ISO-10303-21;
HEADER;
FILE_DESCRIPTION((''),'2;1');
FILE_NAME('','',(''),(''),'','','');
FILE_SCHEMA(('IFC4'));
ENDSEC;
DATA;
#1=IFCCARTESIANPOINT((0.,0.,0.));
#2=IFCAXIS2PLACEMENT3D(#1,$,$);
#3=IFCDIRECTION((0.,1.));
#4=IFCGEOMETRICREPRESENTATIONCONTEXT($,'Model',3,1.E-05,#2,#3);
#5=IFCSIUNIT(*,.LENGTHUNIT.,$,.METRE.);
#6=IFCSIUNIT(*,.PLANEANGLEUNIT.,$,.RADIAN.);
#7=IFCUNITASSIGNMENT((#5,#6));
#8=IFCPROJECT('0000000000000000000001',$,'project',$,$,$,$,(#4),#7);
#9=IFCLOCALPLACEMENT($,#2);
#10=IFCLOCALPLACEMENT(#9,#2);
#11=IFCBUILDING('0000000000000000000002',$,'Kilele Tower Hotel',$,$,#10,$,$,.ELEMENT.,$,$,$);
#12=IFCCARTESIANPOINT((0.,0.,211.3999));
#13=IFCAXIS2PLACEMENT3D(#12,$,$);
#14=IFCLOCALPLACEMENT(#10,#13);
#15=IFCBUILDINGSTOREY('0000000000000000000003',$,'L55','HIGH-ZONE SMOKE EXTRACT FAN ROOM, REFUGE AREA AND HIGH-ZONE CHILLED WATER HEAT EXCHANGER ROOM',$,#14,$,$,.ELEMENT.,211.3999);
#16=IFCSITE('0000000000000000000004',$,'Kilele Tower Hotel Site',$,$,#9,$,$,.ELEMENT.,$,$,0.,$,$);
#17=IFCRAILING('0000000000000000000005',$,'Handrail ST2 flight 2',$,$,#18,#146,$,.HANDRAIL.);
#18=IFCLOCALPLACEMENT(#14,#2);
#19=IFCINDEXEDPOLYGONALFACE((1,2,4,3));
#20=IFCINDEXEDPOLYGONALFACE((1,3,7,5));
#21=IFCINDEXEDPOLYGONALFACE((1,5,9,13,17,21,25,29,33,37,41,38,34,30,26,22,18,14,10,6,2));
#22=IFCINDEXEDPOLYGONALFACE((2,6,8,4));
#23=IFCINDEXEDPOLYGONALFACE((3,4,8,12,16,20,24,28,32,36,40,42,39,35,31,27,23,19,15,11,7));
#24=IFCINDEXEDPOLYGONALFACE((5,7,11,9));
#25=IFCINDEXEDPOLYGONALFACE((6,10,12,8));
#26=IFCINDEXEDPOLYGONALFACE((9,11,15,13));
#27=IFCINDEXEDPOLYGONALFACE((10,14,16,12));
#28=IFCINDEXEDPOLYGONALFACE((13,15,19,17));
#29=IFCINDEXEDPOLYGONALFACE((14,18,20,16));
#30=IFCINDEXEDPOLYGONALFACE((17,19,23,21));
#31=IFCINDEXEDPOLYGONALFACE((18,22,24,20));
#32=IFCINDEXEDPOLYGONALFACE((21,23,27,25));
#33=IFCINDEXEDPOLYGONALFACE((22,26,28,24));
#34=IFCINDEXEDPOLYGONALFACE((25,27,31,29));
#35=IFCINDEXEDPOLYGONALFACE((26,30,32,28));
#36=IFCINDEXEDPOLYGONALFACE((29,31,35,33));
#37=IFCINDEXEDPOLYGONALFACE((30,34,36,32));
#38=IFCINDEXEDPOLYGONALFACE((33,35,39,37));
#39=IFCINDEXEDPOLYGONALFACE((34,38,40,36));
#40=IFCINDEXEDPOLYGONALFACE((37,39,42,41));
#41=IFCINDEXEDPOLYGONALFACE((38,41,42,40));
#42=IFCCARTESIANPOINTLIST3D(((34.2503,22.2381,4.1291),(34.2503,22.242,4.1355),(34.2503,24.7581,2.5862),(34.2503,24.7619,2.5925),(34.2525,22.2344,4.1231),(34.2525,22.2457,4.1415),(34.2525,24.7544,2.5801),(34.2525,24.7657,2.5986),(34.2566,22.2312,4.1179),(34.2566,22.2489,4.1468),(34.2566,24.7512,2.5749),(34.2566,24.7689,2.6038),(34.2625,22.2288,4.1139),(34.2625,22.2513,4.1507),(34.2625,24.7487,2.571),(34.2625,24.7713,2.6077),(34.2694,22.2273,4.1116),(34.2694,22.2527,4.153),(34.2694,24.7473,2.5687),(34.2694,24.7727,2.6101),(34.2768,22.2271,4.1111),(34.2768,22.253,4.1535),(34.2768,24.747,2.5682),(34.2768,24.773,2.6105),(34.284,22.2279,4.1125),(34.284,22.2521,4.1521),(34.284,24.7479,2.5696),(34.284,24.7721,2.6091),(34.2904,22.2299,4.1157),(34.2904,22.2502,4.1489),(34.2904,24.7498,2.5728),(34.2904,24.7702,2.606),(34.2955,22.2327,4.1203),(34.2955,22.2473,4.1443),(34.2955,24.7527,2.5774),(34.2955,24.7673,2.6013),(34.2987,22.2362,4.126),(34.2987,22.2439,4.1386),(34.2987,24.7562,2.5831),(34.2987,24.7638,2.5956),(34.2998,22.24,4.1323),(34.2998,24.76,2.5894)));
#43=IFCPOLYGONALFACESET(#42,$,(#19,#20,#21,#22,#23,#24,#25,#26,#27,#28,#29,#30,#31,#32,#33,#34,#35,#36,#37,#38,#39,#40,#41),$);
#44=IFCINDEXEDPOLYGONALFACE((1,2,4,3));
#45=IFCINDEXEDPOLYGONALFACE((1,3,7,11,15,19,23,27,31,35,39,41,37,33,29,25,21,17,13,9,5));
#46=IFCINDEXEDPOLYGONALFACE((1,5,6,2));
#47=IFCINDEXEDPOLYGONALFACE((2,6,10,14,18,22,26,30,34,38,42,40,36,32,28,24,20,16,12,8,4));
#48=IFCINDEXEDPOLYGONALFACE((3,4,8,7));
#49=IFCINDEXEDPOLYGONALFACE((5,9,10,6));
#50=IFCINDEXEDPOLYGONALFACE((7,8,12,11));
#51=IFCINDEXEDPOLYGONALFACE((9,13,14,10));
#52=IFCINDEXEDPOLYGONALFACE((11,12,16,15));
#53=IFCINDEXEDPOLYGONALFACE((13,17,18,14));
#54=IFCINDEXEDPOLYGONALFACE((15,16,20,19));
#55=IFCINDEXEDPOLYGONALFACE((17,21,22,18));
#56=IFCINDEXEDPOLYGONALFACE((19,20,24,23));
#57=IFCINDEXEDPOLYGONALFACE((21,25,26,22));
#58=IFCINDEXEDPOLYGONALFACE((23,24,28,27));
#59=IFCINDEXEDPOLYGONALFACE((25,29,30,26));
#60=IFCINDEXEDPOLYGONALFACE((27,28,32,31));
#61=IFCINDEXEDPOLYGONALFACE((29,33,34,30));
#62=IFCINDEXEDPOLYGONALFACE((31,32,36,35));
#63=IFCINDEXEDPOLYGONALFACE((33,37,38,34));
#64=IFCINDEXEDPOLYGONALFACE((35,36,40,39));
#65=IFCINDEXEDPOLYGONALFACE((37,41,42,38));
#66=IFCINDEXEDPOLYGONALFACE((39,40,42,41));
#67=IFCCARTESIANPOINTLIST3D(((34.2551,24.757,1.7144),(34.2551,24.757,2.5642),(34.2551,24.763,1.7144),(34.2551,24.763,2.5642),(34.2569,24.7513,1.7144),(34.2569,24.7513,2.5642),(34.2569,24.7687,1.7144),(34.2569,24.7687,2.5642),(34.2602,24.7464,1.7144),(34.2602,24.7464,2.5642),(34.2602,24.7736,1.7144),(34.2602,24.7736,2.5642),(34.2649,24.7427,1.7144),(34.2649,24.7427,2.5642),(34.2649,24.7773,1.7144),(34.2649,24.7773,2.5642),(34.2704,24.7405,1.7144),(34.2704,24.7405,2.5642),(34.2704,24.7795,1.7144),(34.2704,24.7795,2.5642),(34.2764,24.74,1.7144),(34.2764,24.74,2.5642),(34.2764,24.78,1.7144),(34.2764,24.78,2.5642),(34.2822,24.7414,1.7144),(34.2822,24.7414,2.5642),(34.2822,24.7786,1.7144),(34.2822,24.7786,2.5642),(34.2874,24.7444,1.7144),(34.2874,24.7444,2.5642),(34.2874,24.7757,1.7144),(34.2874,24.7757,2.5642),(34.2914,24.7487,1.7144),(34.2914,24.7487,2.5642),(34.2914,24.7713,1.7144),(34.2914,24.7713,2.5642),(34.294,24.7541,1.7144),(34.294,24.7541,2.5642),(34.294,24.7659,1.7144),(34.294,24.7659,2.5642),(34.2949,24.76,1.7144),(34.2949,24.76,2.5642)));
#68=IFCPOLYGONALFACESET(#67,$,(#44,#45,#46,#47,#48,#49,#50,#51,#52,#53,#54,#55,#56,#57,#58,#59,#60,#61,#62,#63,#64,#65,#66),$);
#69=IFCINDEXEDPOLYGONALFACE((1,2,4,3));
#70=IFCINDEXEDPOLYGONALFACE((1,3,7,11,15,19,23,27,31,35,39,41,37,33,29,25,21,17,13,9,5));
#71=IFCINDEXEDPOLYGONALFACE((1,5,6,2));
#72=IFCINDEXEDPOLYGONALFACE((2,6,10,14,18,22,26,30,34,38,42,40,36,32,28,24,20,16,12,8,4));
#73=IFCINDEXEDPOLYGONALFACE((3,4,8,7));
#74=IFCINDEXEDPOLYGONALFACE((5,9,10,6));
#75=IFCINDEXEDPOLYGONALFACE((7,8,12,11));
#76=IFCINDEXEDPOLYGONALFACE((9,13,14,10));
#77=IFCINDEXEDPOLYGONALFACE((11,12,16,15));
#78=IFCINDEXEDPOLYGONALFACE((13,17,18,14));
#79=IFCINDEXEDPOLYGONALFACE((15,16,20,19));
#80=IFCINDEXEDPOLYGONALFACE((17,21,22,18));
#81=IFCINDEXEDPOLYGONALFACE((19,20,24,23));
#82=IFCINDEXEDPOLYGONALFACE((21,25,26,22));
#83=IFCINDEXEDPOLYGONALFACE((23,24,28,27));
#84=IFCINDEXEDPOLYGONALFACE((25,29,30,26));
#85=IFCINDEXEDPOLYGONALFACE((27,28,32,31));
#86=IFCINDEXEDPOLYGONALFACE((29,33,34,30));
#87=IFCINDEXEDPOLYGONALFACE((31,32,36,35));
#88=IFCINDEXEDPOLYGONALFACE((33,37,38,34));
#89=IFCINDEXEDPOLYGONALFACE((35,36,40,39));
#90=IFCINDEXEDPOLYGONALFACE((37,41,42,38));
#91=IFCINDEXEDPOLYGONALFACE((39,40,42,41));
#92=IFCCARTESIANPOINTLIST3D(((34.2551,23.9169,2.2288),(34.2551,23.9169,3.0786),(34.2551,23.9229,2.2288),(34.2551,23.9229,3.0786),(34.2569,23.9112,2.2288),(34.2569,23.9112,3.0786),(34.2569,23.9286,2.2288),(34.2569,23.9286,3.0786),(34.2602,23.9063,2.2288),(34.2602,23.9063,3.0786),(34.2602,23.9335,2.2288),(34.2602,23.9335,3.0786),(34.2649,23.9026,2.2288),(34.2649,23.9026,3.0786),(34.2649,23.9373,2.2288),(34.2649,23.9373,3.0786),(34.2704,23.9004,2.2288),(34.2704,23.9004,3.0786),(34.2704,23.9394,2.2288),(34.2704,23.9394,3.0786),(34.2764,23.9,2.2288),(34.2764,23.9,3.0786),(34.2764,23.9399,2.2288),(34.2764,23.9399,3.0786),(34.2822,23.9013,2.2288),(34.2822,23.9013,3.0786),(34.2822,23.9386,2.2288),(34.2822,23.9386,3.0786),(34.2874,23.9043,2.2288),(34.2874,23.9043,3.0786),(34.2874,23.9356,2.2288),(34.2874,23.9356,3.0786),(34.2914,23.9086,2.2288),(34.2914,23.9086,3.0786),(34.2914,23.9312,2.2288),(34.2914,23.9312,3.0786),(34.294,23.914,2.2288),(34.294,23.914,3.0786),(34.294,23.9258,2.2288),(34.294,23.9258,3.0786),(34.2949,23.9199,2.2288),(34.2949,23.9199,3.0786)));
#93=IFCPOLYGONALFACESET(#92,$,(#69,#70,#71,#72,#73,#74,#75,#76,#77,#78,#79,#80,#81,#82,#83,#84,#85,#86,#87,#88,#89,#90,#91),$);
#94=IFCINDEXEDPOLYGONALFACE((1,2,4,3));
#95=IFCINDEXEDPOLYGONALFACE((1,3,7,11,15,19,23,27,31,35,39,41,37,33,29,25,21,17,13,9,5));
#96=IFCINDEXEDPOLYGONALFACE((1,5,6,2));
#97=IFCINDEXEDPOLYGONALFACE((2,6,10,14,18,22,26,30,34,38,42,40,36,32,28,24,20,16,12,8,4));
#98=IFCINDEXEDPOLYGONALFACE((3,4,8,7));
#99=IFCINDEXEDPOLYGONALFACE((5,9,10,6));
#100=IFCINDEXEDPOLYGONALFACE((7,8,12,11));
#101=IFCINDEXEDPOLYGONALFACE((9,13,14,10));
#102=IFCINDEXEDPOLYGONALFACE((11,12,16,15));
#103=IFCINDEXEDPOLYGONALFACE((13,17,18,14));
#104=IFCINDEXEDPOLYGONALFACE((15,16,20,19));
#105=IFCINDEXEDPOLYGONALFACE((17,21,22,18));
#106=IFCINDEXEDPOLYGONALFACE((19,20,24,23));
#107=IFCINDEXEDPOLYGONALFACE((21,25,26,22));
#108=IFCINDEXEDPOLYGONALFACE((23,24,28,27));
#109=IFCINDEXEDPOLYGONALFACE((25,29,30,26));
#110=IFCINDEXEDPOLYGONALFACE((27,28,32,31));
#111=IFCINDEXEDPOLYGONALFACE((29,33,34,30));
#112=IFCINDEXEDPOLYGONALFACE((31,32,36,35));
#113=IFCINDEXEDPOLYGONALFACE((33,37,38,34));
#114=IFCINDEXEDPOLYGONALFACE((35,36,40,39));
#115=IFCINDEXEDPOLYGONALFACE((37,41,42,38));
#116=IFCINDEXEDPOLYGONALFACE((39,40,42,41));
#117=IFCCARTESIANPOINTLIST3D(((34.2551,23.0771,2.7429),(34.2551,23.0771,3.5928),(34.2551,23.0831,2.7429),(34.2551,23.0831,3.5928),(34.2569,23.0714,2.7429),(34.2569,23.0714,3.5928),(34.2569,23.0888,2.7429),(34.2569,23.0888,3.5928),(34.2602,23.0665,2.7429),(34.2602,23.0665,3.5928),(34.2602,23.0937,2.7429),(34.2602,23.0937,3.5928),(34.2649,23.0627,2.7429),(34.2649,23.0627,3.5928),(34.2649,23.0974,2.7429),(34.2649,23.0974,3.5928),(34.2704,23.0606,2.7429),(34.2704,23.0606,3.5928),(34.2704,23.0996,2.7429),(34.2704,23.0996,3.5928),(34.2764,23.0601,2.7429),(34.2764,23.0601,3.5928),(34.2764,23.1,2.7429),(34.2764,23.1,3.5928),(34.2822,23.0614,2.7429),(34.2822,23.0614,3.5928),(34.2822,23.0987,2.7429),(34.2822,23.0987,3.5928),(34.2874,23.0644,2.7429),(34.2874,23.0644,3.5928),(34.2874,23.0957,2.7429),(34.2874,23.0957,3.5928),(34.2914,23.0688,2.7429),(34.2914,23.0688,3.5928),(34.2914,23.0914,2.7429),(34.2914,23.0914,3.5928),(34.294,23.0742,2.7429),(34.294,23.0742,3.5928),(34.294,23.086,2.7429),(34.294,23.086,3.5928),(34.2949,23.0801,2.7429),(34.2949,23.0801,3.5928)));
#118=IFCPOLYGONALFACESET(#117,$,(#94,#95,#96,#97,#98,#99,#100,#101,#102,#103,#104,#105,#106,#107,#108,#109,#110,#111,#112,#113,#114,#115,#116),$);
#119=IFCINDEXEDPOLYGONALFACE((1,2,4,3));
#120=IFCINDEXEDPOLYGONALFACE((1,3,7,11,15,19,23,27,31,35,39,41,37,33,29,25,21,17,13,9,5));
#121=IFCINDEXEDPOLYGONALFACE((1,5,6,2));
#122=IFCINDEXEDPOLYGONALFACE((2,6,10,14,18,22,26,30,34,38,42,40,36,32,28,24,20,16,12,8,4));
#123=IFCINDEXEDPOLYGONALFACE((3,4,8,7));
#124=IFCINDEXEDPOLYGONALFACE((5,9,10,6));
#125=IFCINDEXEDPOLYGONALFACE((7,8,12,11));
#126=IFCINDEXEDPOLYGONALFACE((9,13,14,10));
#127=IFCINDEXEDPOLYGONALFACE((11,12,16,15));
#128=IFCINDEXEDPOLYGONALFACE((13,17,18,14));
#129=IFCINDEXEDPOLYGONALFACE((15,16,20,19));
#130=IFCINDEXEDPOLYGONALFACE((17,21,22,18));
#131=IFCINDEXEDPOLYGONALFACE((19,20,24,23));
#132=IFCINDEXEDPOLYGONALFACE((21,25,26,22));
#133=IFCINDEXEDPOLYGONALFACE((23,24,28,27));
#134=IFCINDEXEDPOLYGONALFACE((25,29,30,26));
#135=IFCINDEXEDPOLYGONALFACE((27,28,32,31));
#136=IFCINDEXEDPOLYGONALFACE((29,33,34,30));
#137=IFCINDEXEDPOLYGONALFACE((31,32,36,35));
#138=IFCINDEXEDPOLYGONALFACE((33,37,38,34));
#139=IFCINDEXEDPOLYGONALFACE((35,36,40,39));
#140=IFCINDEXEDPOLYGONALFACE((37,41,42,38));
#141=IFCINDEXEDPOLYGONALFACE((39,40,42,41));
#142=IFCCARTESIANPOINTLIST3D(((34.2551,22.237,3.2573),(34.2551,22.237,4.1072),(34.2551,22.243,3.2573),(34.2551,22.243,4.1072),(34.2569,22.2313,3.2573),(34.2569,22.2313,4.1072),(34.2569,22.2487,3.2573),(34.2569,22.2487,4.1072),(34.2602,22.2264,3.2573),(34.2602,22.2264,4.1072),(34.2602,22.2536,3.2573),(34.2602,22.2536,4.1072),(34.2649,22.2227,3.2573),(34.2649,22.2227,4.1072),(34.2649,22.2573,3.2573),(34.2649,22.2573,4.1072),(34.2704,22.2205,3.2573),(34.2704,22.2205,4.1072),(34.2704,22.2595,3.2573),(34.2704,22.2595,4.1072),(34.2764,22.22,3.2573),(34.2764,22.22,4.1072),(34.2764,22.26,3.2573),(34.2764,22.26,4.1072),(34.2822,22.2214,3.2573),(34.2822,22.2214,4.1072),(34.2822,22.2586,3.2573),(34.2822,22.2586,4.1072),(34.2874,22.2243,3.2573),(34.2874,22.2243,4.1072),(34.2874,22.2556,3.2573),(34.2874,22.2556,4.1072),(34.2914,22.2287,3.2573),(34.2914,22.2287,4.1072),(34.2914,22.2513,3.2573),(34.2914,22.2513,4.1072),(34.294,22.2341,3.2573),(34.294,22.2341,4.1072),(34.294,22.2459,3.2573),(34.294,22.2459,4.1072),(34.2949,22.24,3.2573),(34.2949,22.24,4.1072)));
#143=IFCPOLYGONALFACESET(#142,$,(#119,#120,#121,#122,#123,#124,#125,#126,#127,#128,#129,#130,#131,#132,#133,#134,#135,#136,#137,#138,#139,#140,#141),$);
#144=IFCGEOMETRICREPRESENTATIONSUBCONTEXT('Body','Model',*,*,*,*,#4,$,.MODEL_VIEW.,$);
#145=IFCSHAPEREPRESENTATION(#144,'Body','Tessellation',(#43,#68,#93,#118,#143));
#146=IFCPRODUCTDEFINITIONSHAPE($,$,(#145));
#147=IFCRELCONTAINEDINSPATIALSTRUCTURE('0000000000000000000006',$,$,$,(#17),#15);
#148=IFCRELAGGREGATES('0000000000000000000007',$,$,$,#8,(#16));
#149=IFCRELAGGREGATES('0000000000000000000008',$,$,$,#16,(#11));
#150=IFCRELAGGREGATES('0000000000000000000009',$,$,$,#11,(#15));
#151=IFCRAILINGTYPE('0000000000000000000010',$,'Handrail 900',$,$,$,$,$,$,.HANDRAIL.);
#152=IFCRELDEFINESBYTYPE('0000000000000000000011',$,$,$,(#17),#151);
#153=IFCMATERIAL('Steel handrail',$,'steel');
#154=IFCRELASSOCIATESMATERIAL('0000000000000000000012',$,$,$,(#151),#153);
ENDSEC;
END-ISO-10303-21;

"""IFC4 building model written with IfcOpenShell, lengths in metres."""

from ifc_helpers import new_model, si_unit, direction, frame, origin, origin_2d, place, context, subcontext, project, spatial, circle, extrude, material, type_object, element, save


model = new_model("IFC4")

# Units and contexts
model_context = context("Model", 3, precision=1e-05, world=origin(), true_north=direction((0.0, 1.0)))
body_context = subcontext(model_context, "Body", "Model", "MODEL_VIEW")
ifc_project = project(units=[si_unit("LENGTHUNIT", "METRE"), si_unit("PLANEANGLEUNIT", "RADIAN")], contexts=[model_context])

# Site, building, storey
site_placement = place(None, origin())
site = spatial("IfcSite", under=ifc_project, at=site_placement, Name="Kilele Tower Hotel Site", CompositionType="ELEMENT", RefElevation=0.0)
building_placement = place(site_placement, origin())
building = spatial("IfcBuilding", under=site, at=building_placement, Name="Kilele Tower Hotel", CompositionType="ELEMENT")
storey_placement = place(building_placement, frame((0.0, 0.0, 211.3999)))
storey = spatial("IfcBuildingStorey", under=building, at=storey_placement, Name="L55", Description="HIGH-ZONE SMOKE EXTRACT FAN ROOM, REFUGE AREA AND HIGH-ZONE CHILLED WATER HEAT EXCHANGER ROOM", CompositionType="ELEMENT", Elevation=211.3999)

# Railing
ifc_material_1 = material(Name="Steel handrail", Category="steel")
railing_type_1 = type_object("IfcRailingType", Name="Handrail 900", PredefinedType="HANDRAIL", material=ifc_material_1)
for number, where, name in (
    (1, (34.2749, 24.76, 1.7144), "Handrail ST2 flight 2"),
):
    element("IfcRailing", number, at=place(storey_placement, frame(where)), inside=storey, type_object=railing_type_1, Name=name, PredefinedType="HANDRAIL", context=body_context, shape_type="SweptSolid", body=[
        extrude(circle(Radius=0.0249, at=origin_2d()), frame((0.0, 0.0, 0.875), z_axis=(0.0, -0.852836, 0.522178), x_axis=(1.0, 0.0, 0.0)), (0.0, 0.0, 1.0), 2.9548),
        extrude(circle(Radius=0.02, at=origin_2d()), origin(), (0.0, 0.0, 1.0), 0.8499),
        extrude(circle(Radius=0.02, at=origin_2d()), frame((0.0, -0.8401, 0.5144)), (0.0, 0.0, 1.0), 0.8499),
        extrude(circle(Radius=0.02, at=origin_2d()), frame((0.0, -1.6799, 1.0286)), (0.0, 0.0, 1.0), 0.8499),
        extrude(circle(Radius=0.02, at=origin_2d()), frame((0.0, -2.52, 1.543)), (0.0, 0.0, 1.0), 0.8499),
    ])

save(model, "model.ifc")
